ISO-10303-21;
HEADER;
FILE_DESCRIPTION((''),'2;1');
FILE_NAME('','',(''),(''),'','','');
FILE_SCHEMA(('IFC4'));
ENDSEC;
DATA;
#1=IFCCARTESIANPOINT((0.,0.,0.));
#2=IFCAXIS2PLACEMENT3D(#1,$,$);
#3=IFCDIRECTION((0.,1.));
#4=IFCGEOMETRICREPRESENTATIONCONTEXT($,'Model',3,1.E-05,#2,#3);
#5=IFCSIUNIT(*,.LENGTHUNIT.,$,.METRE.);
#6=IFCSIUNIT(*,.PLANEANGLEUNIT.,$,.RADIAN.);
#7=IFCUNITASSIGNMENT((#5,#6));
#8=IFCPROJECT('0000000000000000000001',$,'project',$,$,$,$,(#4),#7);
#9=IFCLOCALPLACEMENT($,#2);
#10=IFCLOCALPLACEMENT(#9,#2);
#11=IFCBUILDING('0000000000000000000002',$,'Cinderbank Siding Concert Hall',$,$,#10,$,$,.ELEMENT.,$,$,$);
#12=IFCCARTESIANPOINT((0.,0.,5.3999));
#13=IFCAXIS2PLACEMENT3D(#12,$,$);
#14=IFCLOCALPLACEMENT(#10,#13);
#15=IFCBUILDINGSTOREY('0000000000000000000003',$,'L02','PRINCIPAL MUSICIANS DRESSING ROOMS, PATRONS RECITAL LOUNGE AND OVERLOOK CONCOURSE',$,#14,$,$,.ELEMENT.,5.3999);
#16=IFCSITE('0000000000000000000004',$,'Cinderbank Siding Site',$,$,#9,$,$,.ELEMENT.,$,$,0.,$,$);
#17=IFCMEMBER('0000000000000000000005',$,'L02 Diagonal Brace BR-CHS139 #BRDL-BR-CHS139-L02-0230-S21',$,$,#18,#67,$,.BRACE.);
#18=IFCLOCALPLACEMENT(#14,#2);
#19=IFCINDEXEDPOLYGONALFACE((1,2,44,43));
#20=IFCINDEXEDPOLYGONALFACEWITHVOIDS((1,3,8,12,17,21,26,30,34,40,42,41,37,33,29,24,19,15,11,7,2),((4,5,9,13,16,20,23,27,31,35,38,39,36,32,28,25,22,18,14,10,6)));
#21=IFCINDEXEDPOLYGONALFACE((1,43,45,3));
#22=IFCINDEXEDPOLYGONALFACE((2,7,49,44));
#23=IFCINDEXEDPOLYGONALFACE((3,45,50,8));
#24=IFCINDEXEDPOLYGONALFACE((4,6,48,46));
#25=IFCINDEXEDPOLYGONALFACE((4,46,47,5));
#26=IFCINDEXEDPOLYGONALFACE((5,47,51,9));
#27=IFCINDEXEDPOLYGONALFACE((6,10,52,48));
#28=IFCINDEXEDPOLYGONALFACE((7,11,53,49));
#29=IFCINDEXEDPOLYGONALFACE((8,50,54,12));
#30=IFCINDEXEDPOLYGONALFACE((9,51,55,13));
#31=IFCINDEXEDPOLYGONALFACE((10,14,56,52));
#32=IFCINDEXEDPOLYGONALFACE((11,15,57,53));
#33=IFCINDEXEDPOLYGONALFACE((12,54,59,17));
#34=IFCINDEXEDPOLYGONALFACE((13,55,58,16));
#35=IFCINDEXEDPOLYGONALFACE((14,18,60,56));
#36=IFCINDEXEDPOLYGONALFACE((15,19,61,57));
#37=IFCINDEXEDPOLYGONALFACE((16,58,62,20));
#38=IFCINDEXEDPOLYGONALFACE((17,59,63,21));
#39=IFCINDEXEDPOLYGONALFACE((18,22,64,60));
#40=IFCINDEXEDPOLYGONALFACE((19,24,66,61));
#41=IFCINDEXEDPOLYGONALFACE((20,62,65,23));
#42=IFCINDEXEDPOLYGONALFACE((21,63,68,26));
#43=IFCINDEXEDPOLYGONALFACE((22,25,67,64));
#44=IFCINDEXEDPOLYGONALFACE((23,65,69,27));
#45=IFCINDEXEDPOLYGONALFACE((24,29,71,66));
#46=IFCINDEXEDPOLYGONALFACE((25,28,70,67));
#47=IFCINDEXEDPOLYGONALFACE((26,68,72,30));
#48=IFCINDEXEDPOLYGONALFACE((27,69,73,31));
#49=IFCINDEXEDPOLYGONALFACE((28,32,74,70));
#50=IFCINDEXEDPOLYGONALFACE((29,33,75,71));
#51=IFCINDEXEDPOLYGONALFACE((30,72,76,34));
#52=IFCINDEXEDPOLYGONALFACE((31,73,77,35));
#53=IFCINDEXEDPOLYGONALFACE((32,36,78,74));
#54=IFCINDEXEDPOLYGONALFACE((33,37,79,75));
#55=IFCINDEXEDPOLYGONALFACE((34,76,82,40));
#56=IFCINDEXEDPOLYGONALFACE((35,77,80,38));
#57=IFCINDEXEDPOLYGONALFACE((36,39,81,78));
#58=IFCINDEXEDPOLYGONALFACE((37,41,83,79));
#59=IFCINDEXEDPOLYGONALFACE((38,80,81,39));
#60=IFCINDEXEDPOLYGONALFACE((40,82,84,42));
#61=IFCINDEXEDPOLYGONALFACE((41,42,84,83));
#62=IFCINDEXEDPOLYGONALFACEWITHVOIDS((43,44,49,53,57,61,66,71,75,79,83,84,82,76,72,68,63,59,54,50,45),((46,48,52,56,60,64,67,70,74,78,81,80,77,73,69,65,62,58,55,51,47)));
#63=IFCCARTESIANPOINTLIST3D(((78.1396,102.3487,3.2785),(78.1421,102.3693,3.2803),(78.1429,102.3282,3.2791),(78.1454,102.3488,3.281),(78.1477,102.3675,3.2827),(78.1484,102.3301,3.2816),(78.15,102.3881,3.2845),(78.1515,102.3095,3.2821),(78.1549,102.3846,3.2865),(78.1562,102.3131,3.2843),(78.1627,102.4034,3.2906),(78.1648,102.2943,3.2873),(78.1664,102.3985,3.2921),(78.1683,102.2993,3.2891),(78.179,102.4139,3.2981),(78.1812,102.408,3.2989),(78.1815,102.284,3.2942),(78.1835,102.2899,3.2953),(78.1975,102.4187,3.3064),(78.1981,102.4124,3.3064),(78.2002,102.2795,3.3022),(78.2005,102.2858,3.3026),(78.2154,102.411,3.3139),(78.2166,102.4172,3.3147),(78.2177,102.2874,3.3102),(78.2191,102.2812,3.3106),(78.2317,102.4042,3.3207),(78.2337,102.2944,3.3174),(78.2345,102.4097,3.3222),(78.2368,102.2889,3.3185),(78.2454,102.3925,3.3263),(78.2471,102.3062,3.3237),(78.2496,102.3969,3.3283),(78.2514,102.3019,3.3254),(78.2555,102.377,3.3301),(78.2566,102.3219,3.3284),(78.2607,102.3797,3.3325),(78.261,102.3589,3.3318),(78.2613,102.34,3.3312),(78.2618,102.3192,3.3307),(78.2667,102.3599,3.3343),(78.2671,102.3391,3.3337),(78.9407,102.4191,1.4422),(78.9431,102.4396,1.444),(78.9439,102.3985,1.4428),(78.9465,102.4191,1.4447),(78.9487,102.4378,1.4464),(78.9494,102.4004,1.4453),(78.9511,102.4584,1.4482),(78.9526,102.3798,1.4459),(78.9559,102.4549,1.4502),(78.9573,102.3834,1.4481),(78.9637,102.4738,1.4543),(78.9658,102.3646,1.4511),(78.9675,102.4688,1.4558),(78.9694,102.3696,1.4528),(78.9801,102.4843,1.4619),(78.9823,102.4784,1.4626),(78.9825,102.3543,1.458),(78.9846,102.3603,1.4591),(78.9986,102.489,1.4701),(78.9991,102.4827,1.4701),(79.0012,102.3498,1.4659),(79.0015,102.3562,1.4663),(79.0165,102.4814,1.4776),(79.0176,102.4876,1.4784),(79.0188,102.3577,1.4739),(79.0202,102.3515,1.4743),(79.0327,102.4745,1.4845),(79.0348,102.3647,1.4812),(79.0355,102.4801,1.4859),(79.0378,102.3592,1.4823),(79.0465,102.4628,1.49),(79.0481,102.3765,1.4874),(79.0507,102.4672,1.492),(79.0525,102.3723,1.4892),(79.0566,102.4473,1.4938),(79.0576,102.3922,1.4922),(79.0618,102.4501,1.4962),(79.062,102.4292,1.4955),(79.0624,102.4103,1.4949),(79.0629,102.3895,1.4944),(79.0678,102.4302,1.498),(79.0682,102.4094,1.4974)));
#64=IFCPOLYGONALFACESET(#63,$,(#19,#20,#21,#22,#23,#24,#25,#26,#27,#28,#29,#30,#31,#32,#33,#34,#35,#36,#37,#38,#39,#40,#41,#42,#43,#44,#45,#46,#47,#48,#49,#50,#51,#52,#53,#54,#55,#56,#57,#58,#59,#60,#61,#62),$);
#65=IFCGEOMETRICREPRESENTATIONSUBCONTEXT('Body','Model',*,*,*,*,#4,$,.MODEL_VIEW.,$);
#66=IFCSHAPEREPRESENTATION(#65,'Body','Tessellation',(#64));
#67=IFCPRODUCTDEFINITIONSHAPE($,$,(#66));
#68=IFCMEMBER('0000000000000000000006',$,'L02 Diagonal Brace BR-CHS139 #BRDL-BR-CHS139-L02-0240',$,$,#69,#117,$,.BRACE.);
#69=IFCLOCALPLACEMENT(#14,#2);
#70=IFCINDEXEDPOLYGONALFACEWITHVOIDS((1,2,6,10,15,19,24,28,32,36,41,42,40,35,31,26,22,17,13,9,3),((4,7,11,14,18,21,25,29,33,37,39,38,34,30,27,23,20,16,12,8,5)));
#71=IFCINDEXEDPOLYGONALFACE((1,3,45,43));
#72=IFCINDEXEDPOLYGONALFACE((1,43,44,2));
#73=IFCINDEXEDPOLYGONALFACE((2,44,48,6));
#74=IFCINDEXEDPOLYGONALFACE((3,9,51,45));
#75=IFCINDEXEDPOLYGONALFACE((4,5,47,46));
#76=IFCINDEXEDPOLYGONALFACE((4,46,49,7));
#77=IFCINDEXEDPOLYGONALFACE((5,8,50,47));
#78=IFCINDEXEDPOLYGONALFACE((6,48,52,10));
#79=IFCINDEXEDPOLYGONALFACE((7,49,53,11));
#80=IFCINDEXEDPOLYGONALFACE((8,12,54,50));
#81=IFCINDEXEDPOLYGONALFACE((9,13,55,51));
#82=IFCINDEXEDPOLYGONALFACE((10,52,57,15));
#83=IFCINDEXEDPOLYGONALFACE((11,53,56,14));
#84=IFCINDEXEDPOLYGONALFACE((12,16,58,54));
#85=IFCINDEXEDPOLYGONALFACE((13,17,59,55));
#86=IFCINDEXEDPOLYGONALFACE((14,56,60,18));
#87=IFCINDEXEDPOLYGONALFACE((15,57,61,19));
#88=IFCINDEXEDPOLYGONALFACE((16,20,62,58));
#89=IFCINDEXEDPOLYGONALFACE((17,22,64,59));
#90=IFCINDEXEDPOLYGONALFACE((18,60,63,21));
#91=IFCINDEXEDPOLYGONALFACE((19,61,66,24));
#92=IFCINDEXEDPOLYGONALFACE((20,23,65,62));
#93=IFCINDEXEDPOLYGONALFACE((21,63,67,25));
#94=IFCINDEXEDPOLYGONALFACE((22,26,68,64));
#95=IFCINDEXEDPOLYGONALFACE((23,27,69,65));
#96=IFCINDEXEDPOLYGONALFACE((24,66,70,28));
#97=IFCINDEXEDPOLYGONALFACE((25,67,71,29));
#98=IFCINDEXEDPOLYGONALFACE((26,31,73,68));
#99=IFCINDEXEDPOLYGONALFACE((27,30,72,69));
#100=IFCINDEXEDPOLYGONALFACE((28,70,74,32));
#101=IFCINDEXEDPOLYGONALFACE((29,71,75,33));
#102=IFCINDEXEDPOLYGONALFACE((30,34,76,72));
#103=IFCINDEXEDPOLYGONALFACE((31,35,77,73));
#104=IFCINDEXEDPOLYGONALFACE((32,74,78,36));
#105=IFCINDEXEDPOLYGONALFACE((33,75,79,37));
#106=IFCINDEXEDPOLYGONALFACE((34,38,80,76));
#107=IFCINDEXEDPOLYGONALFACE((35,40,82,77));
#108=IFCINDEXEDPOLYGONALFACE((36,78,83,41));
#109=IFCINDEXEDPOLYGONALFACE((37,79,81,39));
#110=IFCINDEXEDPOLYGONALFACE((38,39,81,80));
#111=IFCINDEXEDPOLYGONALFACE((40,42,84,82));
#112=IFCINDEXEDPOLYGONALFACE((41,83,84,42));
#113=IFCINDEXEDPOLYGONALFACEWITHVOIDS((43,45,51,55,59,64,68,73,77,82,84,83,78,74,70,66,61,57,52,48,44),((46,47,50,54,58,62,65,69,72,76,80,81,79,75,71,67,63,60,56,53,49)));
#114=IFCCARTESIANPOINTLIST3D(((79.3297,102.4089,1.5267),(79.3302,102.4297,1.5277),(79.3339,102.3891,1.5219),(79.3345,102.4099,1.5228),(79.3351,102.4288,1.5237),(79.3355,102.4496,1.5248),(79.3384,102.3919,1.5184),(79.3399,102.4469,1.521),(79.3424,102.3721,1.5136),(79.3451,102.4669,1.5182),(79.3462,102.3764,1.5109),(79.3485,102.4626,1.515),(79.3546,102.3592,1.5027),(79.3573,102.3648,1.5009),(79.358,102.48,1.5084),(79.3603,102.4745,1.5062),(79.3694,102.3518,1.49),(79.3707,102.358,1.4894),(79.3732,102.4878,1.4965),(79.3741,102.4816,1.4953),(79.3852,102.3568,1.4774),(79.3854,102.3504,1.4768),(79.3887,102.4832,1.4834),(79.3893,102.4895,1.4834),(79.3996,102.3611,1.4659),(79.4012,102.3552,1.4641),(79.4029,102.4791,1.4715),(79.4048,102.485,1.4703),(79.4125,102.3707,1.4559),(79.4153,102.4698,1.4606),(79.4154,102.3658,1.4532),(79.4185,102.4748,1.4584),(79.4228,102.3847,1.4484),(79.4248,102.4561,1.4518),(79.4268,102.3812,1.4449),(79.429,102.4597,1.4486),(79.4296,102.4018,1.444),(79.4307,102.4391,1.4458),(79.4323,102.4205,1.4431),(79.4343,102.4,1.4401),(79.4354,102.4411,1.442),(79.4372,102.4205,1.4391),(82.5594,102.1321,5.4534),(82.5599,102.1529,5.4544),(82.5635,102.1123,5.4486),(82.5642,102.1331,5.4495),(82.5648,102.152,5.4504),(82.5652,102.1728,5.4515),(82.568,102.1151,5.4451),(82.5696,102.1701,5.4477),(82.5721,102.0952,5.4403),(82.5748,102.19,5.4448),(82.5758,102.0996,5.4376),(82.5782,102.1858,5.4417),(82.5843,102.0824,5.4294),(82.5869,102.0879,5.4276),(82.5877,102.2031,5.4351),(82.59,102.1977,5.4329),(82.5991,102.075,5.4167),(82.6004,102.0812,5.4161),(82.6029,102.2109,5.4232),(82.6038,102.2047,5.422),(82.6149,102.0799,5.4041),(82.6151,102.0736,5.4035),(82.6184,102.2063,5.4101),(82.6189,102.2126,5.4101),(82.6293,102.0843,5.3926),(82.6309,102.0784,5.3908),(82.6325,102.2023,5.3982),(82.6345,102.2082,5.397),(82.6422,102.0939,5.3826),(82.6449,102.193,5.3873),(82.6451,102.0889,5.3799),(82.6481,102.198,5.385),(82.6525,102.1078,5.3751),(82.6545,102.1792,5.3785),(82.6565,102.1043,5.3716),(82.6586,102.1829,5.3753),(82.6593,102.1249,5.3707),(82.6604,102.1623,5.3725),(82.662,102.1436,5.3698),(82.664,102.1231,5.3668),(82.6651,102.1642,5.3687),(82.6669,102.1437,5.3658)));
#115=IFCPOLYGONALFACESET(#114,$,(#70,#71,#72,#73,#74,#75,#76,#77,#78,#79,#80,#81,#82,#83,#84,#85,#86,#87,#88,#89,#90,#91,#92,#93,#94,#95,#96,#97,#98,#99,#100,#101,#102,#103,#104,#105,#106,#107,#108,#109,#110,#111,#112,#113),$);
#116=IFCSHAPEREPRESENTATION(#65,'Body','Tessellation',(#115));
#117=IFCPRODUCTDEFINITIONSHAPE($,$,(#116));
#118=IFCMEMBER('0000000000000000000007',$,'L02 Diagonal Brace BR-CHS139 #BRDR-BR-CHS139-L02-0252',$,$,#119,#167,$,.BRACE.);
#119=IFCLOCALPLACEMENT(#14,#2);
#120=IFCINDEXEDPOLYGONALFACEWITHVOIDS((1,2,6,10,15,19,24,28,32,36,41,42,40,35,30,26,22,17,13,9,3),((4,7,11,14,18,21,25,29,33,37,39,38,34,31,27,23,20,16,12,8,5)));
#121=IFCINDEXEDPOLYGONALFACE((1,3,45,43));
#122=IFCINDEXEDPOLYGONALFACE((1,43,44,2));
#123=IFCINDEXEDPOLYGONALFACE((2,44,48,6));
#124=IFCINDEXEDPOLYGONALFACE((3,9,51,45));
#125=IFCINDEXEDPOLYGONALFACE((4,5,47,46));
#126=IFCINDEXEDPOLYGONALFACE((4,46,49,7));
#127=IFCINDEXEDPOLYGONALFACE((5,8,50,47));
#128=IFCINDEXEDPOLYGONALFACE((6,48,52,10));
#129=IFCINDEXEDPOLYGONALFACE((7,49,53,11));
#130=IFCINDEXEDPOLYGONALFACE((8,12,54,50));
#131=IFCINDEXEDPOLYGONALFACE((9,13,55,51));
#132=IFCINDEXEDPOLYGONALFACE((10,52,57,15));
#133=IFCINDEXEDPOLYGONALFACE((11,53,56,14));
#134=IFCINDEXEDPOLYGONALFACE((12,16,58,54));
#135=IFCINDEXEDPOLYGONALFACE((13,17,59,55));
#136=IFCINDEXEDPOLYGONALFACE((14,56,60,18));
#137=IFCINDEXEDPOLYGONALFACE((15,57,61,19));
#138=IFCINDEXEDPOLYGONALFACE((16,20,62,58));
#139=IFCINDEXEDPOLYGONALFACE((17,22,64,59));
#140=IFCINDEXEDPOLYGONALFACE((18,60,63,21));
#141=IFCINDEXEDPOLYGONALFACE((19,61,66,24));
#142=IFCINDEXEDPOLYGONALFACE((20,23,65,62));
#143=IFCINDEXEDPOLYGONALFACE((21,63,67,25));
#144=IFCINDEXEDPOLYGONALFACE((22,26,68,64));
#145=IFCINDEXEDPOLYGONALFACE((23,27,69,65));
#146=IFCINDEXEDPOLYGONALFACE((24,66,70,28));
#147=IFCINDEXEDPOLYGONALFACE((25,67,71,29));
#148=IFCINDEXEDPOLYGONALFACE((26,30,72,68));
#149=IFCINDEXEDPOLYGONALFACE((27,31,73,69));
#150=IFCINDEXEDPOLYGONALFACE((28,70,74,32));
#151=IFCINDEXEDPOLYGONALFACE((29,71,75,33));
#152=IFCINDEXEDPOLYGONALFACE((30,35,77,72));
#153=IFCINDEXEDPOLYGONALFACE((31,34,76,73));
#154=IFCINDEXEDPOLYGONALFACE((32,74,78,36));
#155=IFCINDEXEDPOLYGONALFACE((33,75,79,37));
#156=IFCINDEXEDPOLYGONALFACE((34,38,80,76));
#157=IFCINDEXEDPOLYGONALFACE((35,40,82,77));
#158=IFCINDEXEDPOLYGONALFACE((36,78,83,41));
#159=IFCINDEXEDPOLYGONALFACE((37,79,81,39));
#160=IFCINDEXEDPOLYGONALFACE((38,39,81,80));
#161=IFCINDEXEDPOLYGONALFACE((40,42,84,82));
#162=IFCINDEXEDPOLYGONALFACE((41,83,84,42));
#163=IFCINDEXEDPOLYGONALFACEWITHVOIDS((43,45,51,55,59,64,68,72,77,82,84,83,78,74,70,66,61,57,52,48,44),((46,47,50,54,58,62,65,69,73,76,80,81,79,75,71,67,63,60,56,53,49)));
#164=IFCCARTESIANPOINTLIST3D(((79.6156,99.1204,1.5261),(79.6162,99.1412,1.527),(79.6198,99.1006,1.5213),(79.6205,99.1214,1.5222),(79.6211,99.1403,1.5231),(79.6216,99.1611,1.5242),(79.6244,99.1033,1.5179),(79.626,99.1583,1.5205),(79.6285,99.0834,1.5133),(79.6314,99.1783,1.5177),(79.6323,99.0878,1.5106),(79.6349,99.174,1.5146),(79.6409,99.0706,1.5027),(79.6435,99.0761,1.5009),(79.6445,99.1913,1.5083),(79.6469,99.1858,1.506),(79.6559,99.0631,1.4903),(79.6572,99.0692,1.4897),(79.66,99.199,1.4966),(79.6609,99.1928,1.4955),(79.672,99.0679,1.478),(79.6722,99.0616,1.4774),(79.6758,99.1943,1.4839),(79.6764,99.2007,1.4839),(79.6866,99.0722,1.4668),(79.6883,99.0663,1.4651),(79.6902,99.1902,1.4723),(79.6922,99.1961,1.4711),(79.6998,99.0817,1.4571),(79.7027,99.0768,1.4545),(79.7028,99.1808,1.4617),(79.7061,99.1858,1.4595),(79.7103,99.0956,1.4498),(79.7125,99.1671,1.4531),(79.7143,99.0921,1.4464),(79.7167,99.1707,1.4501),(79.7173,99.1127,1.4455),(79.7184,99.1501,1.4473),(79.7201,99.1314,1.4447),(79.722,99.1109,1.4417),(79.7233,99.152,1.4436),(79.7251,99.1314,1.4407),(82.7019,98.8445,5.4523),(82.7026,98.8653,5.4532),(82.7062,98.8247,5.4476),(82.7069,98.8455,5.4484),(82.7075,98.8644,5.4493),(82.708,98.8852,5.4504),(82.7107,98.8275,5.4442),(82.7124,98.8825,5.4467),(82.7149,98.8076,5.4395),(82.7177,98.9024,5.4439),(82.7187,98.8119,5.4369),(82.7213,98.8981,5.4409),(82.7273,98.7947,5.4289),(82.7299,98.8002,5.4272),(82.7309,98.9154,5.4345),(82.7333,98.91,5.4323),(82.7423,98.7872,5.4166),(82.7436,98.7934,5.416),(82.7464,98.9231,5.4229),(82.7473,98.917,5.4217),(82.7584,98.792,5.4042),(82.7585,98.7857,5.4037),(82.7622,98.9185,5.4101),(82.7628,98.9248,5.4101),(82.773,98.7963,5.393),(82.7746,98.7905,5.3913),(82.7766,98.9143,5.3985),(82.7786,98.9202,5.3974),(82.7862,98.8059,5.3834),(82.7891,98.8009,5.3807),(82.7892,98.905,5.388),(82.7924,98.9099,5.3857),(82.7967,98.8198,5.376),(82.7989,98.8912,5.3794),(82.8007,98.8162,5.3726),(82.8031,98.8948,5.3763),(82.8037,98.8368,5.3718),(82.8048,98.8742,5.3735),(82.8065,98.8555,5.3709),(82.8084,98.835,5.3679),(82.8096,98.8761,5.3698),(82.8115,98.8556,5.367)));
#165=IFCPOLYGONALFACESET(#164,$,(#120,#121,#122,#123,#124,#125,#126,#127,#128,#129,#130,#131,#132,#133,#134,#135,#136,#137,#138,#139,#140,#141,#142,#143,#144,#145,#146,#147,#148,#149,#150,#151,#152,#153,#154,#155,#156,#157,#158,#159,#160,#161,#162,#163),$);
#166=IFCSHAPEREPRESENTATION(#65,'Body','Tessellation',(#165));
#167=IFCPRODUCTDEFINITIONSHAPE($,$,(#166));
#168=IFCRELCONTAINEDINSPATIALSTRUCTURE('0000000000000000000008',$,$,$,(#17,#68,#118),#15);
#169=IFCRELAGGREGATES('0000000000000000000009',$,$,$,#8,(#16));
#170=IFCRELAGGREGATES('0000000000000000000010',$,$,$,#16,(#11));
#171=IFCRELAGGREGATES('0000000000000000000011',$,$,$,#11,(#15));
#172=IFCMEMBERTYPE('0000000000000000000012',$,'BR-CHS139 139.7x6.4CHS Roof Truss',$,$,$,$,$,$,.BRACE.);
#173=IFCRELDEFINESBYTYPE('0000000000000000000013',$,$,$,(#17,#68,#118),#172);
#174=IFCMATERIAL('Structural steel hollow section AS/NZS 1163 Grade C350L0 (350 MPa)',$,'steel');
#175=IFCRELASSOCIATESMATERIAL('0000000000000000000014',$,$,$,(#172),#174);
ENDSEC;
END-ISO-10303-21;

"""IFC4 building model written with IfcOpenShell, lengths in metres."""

from ifc_helpers import new_model, si_unit, direction, frame, origin, origin_2d, place, context, subcontext, project, spatial, hollow_circle, extrude, material, material_profile, profile_set, type_object, element, save


model = new_model("IFC4")

# Units and contexts
model_context = context("Model", 3, precision=1e-05, world=origin(), true_north=direction((0.0, 1.0)))
body_context = subcontext(model_context, "Body", "Model", "MODEL_VIEW")
ifc_project = project(units=[si_unit("LENGTHUNIT", "METRE"), si_unit("PLANEANGLEUNIT", "RADIAN")], contexts=[model_context])

# Site, building, storey
site_placement = place(None, origin())
site = spatial("IfcSite", under=ifc_project, at=site_placement, Name="Cinderbank Siding Site", CompositionType="ELEMENT", RefElevation=0.0)
building_placement = place(site_placement, origin())
building = spatial("IfcBuilding", under=site, at=building_placement, Name="Cinderbank Siding Concert Hall", CompositionType="ELEMENT")
storey_placement = place(building_placement, frame((0.0, 0.0, 5.3999)))
storey = spatial("IfcBuildingStorey", under=building, at=storey_placement, Name="L02", Description="PRINCIPAL MUSICIANS DRESSING ROOMS, PATRONS RECITAL LOUNGE AND OVERLOOK CONCOURSE", CompositionType="ELEMENT", Elevation=5.3999)

# Shared definitions
ifc_material_1 = material(Name="Structural steel hollow section AS/NZS 1163 Grade C350L0 (350 MPa)", Category="steel")

# Members
ifc_material_profile_1 = material_profile(ifc_material_1, hollow_circle(Radius=0.0698, WallThickness=0.0063, at=origin_2d()), Name="139.7x6.4CHS", Category="LoadBearing")
ifc_profile_set_1 = profile_set([ifc_material_profile_1], Name="Structural steel hollow section AS/NZS 1163 Grade C350L0 (350 MPa)")
member_type_1 = type_object("IfcMemberType", Name="BR-CHS139 139.7x6.4CHS Roof Truss", PredefinedType="BRACE", material=ifc_profile_set_1)
member_1_placement = place(storey_placement, frame((78.2036, 102.3491, 3.3064), z_axis=(0.399607, 0.035077, -0.916015), x_axis=(-0.087442, 0.99617, 0.0)))
element("IfcMember", 1, at=member_1_placement, inside=storey, type_object=member_type_1, Name="L02 Diagonal Brace BR-CHS139 #BRDL-BR-CHS139-L02-0230-S21", PredefinedType="BRACE", context=body_context, shape_type="SweptSolid", body=[
    extrude(hollow_circle(Radius=0.0698, WallThickness=0.0063, at=origin_2d()), origin(), (0.0, 0.0, 1.0), 2.0046),
])
member_2_placement = place(storey_placement, frame((79.3833, 102.4199, 1.4834), z_axis=(0.634291, -0.054372, 0.77118), x_axis=(0.085408, 0.996346, 0.0)))
element("IfcMember", 2, at=member_2_placement, inside=storey, type_object=member_type_1, Name="L02 Diagonal Brace BR-CHS139 #BRDL-BR-CHS139-L02-0240", PredefinedType="BRACE", context=body_context, shape_type="SweptSolid", body=[
    extrude(hollow_circle(Radius=0.0698, WallThickness=0.0063, at=origin_2d()), origin(), (0.0, 0.0, 1.0), 5.0918),
])
member_3_placement = place(storey_placement, frame((79.6702, 99.1311, 1.4839), z_axis=(0.617066, -0.055156, 0.784976), x_axis=(0.08903, 0.996029, 0.0)))
element("IfcMember", 3, at=member_3_placement, inside=storey, type_object=member_type_1, Name="L02 Diagonal Brace BR-CHS139 #BRDR-BR-CHS139-L02-0252", PredefinedType="BRACE", context=body_context, shape_type="SweptSolid", body=[
    extrude(hollow_circle(Radius=0.0698, WallThickness=0.0063, at=origin_2d()), origin(), (0.0, 0.0, 1.0), 5.0017),
])

save(model, "model.ifc")
